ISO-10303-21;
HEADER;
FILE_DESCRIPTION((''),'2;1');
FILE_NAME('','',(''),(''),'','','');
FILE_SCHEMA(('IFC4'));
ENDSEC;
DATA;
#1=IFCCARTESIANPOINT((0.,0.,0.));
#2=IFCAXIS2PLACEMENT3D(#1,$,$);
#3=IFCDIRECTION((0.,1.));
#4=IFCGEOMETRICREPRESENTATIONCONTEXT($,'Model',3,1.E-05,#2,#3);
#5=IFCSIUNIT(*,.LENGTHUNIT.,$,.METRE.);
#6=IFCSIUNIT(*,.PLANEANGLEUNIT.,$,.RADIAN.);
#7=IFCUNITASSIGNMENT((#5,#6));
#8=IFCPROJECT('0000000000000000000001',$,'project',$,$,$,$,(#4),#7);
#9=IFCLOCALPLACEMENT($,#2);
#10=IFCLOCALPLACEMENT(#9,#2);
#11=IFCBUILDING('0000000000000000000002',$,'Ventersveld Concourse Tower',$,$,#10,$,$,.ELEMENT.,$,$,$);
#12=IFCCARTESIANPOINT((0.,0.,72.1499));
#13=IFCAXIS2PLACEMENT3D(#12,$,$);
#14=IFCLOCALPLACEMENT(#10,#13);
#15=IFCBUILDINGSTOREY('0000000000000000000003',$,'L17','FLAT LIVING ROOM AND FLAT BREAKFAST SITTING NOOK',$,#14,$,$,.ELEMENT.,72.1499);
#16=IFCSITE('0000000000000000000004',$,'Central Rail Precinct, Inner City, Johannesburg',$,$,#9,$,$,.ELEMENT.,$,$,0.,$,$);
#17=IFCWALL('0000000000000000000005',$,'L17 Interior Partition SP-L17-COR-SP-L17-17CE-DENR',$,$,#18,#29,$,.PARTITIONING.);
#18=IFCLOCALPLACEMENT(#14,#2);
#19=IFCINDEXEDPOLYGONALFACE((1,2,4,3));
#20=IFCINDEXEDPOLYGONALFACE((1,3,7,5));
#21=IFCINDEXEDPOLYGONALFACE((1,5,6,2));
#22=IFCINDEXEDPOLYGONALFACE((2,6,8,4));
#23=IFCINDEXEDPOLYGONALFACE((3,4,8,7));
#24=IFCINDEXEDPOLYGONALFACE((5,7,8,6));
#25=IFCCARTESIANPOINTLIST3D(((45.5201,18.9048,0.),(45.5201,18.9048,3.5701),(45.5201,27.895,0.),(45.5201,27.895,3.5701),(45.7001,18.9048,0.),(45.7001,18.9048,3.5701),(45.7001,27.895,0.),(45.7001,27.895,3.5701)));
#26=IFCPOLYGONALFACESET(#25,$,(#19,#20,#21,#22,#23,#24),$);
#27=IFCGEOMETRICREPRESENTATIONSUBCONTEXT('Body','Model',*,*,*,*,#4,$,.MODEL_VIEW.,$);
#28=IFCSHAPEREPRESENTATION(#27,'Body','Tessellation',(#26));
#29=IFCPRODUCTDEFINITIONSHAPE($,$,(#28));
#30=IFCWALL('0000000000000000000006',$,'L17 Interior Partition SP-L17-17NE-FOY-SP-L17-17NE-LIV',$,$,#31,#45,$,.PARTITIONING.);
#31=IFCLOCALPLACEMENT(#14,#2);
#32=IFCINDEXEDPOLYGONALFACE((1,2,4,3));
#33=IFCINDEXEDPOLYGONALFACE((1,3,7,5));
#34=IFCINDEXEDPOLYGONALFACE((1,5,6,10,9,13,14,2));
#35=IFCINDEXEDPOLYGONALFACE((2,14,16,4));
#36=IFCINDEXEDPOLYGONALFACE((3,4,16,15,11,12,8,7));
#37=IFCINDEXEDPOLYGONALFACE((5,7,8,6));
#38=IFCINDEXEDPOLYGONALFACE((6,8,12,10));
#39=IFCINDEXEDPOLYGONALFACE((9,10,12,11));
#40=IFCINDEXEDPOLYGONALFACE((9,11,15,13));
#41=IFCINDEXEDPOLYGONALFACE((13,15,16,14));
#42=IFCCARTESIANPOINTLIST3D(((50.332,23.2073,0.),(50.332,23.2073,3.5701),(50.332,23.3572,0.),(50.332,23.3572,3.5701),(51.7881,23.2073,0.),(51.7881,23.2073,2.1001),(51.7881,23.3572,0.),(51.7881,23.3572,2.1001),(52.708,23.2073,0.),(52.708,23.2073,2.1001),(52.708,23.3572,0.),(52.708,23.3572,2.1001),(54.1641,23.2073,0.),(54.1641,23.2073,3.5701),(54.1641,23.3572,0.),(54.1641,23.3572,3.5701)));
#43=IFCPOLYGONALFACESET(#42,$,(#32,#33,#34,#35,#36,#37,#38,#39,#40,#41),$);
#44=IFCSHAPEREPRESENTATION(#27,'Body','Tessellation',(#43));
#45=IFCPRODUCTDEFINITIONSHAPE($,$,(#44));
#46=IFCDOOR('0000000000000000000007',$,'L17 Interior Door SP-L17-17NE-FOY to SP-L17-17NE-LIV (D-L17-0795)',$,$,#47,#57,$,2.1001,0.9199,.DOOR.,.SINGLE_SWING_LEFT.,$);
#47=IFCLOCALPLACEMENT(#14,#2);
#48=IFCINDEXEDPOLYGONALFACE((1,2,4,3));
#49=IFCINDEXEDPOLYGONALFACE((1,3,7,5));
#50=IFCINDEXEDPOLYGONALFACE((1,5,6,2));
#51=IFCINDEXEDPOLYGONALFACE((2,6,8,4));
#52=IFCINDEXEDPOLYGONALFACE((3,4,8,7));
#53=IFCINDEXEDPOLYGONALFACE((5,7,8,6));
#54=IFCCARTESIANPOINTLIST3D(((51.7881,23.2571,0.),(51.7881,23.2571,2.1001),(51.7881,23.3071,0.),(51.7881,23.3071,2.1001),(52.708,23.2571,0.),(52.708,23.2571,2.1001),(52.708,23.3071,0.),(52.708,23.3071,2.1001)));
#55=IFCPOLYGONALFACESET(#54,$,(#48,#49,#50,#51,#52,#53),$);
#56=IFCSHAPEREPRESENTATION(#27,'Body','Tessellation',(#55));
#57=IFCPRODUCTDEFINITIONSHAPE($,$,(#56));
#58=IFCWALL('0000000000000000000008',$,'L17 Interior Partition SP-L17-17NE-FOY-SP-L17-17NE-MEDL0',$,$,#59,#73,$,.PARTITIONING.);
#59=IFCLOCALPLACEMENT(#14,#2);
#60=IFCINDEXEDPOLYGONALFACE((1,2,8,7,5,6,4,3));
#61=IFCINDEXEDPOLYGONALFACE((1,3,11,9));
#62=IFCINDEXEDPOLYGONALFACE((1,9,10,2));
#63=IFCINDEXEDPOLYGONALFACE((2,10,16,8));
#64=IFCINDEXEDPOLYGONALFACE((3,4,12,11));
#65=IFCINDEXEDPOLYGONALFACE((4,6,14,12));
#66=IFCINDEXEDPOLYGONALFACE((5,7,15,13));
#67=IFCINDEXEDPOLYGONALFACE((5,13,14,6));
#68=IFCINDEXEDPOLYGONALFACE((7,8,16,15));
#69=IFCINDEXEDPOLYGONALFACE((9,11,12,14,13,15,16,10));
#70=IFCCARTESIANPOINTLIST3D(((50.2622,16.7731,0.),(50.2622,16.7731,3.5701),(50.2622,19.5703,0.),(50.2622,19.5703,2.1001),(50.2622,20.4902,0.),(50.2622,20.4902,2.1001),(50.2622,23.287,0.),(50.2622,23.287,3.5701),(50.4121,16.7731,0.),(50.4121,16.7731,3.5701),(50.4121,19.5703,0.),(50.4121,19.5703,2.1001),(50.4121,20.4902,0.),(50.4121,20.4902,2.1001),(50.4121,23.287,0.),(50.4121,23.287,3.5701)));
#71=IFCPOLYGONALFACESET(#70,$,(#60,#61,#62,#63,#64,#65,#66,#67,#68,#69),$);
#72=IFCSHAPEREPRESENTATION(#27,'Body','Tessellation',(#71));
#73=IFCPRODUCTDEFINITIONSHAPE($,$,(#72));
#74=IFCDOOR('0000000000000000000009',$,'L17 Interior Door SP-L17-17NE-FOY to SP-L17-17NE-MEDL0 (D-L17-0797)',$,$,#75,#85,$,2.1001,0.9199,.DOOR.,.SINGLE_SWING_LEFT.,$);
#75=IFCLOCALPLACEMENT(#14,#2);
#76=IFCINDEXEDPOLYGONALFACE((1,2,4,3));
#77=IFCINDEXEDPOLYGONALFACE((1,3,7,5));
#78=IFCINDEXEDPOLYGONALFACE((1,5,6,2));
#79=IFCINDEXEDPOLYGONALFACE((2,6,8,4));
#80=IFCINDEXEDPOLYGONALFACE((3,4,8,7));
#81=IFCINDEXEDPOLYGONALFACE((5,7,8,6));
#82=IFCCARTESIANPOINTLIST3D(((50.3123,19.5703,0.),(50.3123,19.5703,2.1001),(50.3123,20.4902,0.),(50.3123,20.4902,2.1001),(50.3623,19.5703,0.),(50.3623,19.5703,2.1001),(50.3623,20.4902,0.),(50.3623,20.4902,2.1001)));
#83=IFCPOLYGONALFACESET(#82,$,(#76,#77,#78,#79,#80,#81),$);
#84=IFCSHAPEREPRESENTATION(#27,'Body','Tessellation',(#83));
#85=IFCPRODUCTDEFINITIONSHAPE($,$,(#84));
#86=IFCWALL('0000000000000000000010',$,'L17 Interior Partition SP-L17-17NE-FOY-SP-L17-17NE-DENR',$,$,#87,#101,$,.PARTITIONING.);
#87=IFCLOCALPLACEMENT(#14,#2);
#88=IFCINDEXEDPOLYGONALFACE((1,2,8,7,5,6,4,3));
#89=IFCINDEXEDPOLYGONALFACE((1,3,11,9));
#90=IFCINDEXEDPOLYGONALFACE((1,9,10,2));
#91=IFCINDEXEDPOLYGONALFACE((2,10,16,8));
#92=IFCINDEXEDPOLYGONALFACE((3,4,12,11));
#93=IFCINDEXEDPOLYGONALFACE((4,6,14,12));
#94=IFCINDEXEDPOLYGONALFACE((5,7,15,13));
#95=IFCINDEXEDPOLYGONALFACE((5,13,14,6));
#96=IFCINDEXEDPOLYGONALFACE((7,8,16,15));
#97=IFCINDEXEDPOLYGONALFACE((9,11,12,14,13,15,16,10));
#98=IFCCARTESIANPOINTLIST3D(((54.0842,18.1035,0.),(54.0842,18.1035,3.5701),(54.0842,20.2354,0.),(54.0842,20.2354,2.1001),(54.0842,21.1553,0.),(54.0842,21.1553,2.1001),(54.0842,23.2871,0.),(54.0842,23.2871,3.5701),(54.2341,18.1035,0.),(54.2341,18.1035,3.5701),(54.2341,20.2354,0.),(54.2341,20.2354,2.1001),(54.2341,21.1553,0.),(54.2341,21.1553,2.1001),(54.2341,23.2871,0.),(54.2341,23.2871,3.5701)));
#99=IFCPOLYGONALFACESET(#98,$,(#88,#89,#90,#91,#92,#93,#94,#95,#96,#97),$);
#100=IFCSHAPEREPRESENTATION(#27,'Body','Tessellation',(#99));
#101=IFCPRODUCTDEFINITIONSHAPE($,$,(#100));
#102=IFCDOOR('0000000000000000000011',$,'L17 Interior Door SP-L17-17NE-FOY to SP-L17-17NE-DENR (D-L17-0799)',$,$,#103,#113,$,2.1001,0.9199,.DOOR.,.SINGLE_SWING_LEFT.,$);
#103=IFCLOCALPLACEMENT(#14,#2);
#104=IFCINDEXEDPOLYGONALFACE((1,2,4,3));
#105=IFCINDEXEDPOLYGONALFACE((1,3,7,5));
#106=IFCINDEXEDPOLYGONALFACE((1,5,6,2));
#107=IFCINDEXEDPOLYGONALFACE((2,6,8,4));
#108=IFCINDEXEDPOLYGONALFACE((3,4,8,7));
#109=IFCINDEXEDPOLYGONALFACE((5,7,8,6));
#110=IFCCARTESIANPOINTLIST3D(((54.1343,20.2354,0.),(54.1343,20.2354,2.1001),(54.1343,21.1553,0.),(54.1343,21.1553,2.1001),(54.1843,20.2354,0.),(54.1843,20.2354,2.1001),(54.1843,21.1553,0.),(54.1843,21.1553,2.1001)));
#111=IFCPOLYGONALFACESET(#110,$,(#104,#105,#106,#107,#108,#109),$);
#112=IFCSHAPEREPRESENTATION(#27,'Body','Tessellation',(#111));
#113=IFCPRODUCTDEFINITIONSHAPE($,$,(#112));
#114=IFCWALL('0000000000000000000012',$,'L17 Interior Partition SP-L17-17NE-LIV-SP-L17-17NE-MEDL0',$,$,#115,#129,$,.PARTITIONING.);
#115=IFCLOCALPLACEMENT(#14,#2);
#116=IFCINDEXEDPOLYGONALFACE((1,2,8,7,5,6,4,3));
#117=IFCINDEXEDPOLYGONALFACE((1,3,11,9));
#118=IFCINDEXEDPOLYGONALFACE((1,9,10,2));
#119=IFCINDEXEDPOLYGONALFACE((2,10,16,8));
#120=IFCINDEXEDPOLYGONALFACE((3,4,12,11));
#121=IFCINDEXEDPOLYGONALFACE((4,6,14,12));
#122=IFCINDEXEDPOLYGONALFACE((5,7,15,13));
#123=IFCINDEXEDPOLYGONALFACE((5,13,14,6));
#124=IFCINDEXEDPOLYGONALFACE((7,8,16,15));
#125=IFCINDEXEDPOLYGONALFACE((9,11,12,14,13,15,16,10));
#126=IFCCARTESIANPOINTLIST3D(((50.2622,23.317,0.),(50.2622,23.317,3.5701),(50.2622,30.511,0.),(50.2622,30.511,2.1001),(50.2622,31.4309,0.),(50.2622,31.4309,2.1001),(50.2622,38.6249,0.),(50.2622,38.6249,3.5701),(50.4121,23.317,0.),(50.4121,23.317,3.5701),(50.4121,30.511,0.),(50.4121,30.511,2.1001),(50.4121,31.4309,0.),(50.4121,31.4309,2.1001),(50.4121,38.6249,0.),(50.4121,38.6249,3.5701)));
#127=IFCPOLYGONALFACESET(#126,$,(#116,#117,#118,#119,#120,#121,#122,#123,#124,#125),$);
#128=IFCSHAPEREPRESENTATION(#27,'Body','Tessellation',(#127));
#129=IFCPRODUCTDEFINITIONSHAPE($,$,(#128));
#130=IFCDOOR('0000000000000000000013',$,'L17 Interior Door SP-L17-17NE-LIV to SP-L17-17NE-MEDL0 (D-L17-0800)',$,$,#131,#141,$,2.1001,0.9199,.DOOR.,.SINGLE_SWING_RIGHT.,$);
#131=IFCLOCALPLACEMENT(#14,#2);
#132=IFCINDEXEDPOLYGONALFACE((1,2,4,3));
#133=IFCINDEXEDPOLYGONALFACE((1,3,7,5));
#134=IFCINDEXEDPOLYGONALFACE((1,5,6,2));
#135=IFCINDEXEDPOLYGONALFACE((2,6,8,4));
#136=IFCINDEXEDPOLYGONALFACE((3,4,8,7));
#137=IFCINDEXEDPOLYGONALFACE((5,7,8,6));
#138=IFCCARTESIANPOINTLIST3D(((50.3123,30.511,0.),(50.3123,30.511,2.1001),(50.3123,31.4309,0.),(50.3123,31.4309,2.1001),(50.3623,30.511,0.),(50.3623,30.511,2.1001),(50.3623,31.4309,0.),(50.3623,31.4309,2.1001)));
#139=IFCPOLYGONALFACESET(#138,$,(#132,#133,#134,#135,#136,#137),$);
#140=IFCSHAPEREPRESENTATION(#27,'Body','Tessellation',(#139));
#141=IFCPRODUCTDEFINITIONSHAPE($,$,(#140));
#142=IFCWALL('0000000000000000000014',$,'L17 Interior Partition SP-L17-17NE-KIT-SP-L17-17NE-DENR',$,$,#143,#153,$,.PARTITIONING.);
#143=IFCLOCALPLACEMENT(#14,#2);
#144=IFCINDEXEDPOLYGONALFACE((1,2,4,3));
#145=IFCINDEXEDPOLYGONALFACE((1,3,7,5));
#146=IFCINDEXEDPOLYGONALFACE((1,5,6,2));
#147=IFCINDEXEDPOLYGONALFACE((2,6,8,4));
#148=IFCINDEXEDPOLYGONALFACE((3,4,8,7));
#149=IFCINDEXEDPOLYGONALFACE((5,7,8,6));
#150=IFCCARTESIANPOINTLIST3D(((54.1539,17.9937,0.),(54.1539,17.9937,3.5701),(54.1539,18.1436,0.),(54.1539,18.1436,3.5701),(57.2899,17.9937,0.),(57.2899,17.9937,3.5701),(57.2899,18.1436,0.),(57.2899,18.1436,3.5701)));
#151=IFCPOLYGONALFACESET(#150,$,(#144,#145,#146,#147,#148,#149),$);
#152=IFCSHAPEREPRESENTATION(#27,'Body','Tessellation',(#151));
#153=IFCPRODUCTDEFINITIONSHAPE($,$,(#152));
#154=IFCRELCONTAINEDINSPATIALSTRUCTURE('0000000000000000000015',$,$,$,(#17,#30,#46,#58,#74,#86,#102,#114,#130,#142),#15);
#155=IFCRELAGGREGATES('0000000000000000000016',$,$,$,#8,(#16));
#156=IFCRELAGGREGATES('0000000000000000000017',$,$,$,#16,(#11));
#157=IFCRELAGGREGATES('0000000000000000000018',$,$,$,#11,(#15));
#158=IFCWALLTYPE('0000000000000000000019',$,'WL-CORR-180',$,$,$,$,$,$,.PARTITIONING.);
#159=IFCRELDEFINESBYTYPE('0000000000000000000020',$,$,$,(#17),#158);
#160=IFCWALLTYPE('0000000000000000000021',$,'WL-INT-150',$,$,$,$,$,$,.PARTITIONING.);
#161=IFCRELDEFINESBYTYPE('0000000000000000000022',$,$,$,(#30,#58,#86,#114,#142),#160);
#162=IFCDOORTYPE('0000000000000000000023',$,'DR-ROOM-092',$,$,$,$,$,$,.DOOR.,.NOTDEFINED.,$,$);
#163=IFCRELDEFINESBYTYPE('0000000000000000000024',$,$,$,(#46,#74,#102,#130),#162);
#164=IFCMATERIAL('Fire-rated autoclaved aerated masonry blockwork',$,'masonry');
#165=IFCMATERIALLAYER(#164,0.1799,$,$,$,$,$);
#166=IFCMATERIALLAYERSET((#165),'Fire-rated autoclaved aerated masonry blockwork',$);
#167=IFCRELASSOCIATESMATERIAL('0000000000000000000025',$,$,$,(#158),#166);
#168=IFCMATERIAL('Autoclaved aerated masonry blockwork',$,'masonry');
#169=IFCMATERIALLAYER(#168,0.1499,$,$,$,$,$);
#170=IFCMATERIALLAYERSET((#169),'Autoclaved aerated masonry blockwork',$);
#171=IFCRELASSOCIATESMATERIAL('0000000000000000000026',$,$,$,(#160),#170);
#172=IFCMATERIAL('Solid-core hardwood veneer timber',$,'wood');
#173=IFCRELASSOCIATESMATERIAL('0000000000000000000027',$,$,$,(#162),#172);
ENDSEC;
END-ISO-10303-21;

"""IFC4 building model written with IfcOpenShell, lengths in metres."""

from ifc_helpers import new_model, si_unit, direction, frame, frame_2d, origin, place, context, subcontext, project, spatial, rectangle, extrude, material, layer, layer_set, type_object, element, fill, save


model = new_model("IFC4")

# Units and contexts
model_context = context("Model", 3, precision=1e-05, world=origin(), true_north=direction((0.0, 1.0)))
body_context = subcontext(model_context, "Body", "Model", "MODEL_VIEW")
ifc_project = project(units=[si_unit("LENGTHUNIT", "METRE"), si_unit("PLANEANGLEUNIT", "RADIAN")], contexts=[model_context])

# Site, building, storey
site_placement = place(None, origin())
site = spatial("IfcSite", under=ifc_project, at=site_placement, Name="Central Rail Precinct, Inner City, Johannesburg", CompositionType="ELEMENT", RefElevation=0.0)
building_placement = place(site_placement, origin())
building = spatial("IfcBuilding", under=site, at=building_placement, Name="Ventersveld Concourse Tower", CompositionType="ELEMENT")
storey_placement = place(building_placement, frame((0.0, 0.0, 72.1499)))
storey = spatial("IfcBuildingStorey", under=building, at=storey_placement, Name="L17", Description="FLAT LIVING ROOM AND FLAT BREAKFAST SITTING NOOK", CompositionType="ELEMENT", Elevation=72.1499)

# Wall
ifc_material_1 = material(Name="Fire-rated autoclaved aerated masonry blockwork", Category="masonry")
ifc_layer_1 = layer(ifc_material_1, 0.1799)
ifc_layer_set_1 = layer_set([ifc_layer_1], Name="Fire-rated autoclaved aerated masonry blockwork")
wall_type_1 = type_object("IfcWallType", Name="WL-CORR-180", PredefinedType="PARTITIONING", material=ifc_layer_set_1)
wall_1_placement = place(storey_placement, frame((45.6101, 18.9048, 0.0), z_axis=(0.0, 0.0, 1.0), x_axis=(0.0, 1.0, 0.0)))
element("IfcWall", 1, at=wall_1_placement, inside=storey, type_object=wall_type_1, Name="L17 Interior Partition SP-L17-COR-SP-L17-17CE-DENR", PredefinedType="PARTITIONING", context=body_context, shape_type="SweptSolid", body=[
    extrude(rectangle(XDim=8.9902, YDim=0.1799, at=frame_2d((4.4951, 0.0))), origin(), (0.0, 0.0, 1.0), 3.5701),
])

# Walls, openings, doors
ifc_material_2 = material(Name="Autoclaved aerated masonry blockwork", Category="masonry")
ifc_layer_2 = layer(ifc_material_2, 0.1499)
ifc_layer_set_2 = layer_set([ifc_layer_2], Name="Autoclaved aerated masonry blockwork")
wall_type_2 = type_object("IfcWallType", Name="WL-INT-150", PredefinedType="PARTITIONING", material=ifc_layer_set_2)
wall_2_placement = place(storey_placement, frame((50.332, 23.2822, 0.0), z_axis=(0.0, 0.0, 1.0), x_axis=(1.0, 0.0, 0.0)))
wall_2 = element("IfcWall", 2, at=wall_2_placement, inside=storey, type_object=wall_type_2, Name="L17 Interior Partition SP-L17-17NE-FOY-SP-L17-17NE-LIV", PredefinedType="PARTITIONING", context=body_context, shape_type="SweptSolid", body=[
    extrude(rectangle(XDim=3.832, YDim=0.1499, at=frame_2d((1.916, 0.0))), origin(), (0.0, 0.0, 1.0), 3.5701),
])
opening_1_placement = place(wall_2_placement, frame((1.4561, 0.0, 0.0)))
opening_1 = element("IfcOpeningElement", 3, at=opening_1_placement, cuts=wall_2, PredefinedType="OPENING", context=body_context, shape_type="SweptSolid", body=[
    extrude(rectangle(XDim=0.9199, YDim=2.1001, at=frame_2d((0.46, 1.05))), frame((0.0, 0.085, 0.0), z_axis=(0.0, -1.0, 0.0), x_axis=(1.0, 0.0, 0.0)), (0.0, 0.0, 1.0), 0.1699),
])
ifc_material_3 = material(Name="Solid-core hardwood veneer timber", Category="wood")
door_type = type_object("IfcDoorType", Name="DR-ROOM-092", OperationType="NOTDEFINED", PredefinedType="DOOR", material=ifc_material_3)
door_1_placement = place(opening_1_placement, origin())
door_1 = element("IfcDoor", 4, at=door_1_placement, inside=storey, type_object=door_type, Name="L17 Interior Door SP-L17-17NE-FOY to SP-L17-17NE-LIV (D-L17-0795)", OperationType="SINGLE_SWING_LEFT", OverallHeight=2.1001, OverallWidth=0.9199, PredefinedType="DOOR", context=body_context, shape_type="SweptSolid", body=[
    extrude(rectangle(XDim=0.9199, YDim=2.1001, at=frame_2d((0.46, 1.05))), frame((0.0, 0.0249, 0.0), z_axis=(0.0, -1.0, 0.0), x_axis=(1.0, 0.0, 0.0)), (0.0, 0.0, 1.0), 0.05),
])
fill(opening_1, door_1)
wall_3_placement = place(storey_placement, frame((50.3372, 16.7732, 0.0), z_axis=(0.0, 0.0, 1.0), x_axis=(0.0, 1.0, 0.0)))
wall_3 = element("IfcWall", 5, at=wall_3_placement, inside=storey, type_object=wall_type_2, Name="L17 Interior Partition SP-L17-17NE-FOY-SP-L17-17NE-MEDL0", PredefinedType="PARTITIONING", context=body_context, shape_type="SweptSolid", body=[
    extrude(rectangle(XDim=6.5139, YDim=0.1499, at=frame_2d((3.2568, 0.0))), origin(), (0.0, 0.0, 1.0), 3.5701),
])
opening_2_placement = place(wall_3_placement, frame((2.7971, 0.0, 0.0)))
opening_2 = element("IfcOpeningElement", 6, at=opening_2_placement, cuts=wall_3, PredefinedType="OPENING", context=body_context, shape_type="SweptSolid", body=[
    extrude(rectangle(XDim=0.9199, YDim=2.1001, at=frame_2d((0.46, 1.05))), frame((0.0, 0.085, 0.0), z_axis=(0.0, -1.0, 0.0), x_axis=(1.0, 0.0, 0.0)), (0.0, 0.0, 1.0), 0.1699),
])
door_2_placement = place(opening_2_placement, origin())
door_2 = element("IfcDoor", 7, at=door_2_placement, inside=storey, type_object=door_type, Name="L17 Interior Door SP-L17-17NE-FOY to SP-L17-17NE-MEDL0 (D-L17-0797)", OperationType="SINGLE_SWING_LEFT", OverallHeight=2.1001, OverallWidth=0.9199, PredefinedType="DOOR", context=body_context, shape_type="SweptSolid", body=[
    extrude(rectangle(XDim=0.9199, YDim=2.1001, at=frame_2d((0.46, 1.05))), frame((0.0, 0.0249, 0.0), z_axis=(0.0, -1.0, 0.0), x_axis=(1.0, 0.0, 0.0)), (0.0, 0.0, 1.0), 0.05),
])
fill(opening_2, door_2)
wall_4_placement = place(storey_placement, frame((54.1592, 18.1035, 0.0), z_axis=(0.0, 0.0, 1.0), x_axis=(0.0, 1.0, 0.0)))
wall_4 = element("IfcWall", 8, at=wall_4_placement, inside=storey, type_object=wall_type_2, Name="L17 Interior Partition SP-L17-17NE-FOY-SP-L17-17NE-DENR", PredefinedType="PARTITIONING", context=body_context, shape_type="SweptSolid", body=[
    extrude(rectangle(XDim=5.1836, YDim=0.1499, at=frame_2d((2.5918, 0.0))), origin(), (0.0, 0.0, 1.0), 3.5701),
])
opening_3_placement = place(wall_4_placement, frame((2.1318, 0.0, 0.0)))
opening_3 = element("IfcOpeningElement", 9, at=opening_3_placement, cuts=wall_4, PredefinedType="OPENING", context=body_context, shape_type="SweptSolid", body=[
    extrude(rectangle(XDim=0.9199, YDim=2.1001, at=frame_2d((0.46, 1.05))), frame((0.0, 0.085, 0.0), z_axis=(0.0, -1.0, 0.0), x_axis=(1.0, 0.0, 0.0)), (0.0, 0.0, 1.0), 0.1699),
])
door_3_placement = place(opening_3_placement, origin())
door_3 = element("IfcDoor", 10, at=door_3_placement, inside=storey, type_object=door_type, Name="L17 Interior Door SP-L17-17NE-FOY to SP-L17-17NE-DENR (D-L17-0799)", OperationType="SINGLE_SWING_LEFT", OverallHeight=2.1001, OverallWidth=0.9199, PredefinedType="DOOR", context=body_context, shape_type="SweptSolid", body=[
    extrude(rectangle(XDim=0.9199, YDim=2.1001, at=frame_2d((0.46, 1.05))), frame((0.0, 0.0249, 0.0), z_axis=(0.0, -1.0, 0.0), x_axis=(1.0, 0.0, 0.0)), (0.0, 0.0, 1.0), 0.05),
])
fill(opening_3, door_3)
wall_5_placement = place(storey_placement, frame((50.3372, 23.3171, 0.0), z_axis=(0.0, 0.0, 1.0), x_axis=(0.0, 1.0, 0.0)))
wall_5 = element("IfcWall", 11, at=wall_5_placement, inside=storey, type_object=wall_type_2, Name="L17 Interior Partition SP-L17-17NE-LIV-SP-L17-17NE-MEDL0", PredefinedType="PARTITIONING", context=body_context, shape_type="SweptSolid", body=[
    extrude(rectangle(XDim=15.3079, YDim=0.1499, at=frame_2d((7.6538, 0.0))), origin(), (0.0, 0.0, 1.0), 3.5701),
])
opening_4_placement = place(wall_5_placement, frame((7.1938, 0.0, 0.0)))
opening_4 = element("IfcOpeningElement", 12, at=opening_4_placement, cuts=wall_5, PredefinedType="OPENING", context=body_context, shape_type="SweptSolid", body=[
    extrude(rectangle(XDim=0.9199, YDim=2.1001, at=frame_2d((0.46, 1.05))), frame((0.0, 0.085, 0.0), z_axis=(0.0, -1.0, 0.0), x_axis=(1.0, 0.0, 0.0)), (0.0, 0.0, 1.0), 0.1699),
])
door_4_placement = place(opening_4_placement, origin())
door_4 = element("IfcDoor", 13, at=door_4_placement, inside=storey, type_object=door_type, Name="L17 Interior Door SP-L17-17NE-LIV to SP-L17-17NE-MEDL0 (D-L17-0800)", OperationType="SINGLE_SWING_RIGHT", OverallHeight=2.1001, OverallWidth=0.9199, PredefinedType="DOOR", context=body_context, shape_type="SweptSolid", body=[
    extrude(rectangle(XDim=0.9199, YDim=2.1001, at=frame_2d((0.46, 1.05))), frame((0.0, 0.0249, 0.0), z_axis=(0.0, -1.0, 0.0), x_axis=(1.0, 0.0, 0.0)), (0.0, 0.0, 1.0), 0.05),
])
fill(opening_4, door_4)

# Wall
wall_6_placement = place(storey_placement, frame((54.1541, 18.0686, 0.0), z_axis=(0.0, 0.0, 1.0), x_axis=(1.0, 0.0, 0.0)))
element("IfcWall", 14, at=wall_6_placement, inside=storey, type_object=wall_type_2, Name="L17 Interior Partition SP-L17-17NE-KIT-SP-L17-17NE-DENR", PredefinedType="PARTITIONING", context=body_context, shape_type="SweptSolid", body=[
    extrude(rectangle(XDim=3.136, YDim=0.1499, at=frame_2d((1.5679, 0.0))), origin(), (0.0, 0.0, 1.0), 3.5701),
])

save(model, "model.ifc")
